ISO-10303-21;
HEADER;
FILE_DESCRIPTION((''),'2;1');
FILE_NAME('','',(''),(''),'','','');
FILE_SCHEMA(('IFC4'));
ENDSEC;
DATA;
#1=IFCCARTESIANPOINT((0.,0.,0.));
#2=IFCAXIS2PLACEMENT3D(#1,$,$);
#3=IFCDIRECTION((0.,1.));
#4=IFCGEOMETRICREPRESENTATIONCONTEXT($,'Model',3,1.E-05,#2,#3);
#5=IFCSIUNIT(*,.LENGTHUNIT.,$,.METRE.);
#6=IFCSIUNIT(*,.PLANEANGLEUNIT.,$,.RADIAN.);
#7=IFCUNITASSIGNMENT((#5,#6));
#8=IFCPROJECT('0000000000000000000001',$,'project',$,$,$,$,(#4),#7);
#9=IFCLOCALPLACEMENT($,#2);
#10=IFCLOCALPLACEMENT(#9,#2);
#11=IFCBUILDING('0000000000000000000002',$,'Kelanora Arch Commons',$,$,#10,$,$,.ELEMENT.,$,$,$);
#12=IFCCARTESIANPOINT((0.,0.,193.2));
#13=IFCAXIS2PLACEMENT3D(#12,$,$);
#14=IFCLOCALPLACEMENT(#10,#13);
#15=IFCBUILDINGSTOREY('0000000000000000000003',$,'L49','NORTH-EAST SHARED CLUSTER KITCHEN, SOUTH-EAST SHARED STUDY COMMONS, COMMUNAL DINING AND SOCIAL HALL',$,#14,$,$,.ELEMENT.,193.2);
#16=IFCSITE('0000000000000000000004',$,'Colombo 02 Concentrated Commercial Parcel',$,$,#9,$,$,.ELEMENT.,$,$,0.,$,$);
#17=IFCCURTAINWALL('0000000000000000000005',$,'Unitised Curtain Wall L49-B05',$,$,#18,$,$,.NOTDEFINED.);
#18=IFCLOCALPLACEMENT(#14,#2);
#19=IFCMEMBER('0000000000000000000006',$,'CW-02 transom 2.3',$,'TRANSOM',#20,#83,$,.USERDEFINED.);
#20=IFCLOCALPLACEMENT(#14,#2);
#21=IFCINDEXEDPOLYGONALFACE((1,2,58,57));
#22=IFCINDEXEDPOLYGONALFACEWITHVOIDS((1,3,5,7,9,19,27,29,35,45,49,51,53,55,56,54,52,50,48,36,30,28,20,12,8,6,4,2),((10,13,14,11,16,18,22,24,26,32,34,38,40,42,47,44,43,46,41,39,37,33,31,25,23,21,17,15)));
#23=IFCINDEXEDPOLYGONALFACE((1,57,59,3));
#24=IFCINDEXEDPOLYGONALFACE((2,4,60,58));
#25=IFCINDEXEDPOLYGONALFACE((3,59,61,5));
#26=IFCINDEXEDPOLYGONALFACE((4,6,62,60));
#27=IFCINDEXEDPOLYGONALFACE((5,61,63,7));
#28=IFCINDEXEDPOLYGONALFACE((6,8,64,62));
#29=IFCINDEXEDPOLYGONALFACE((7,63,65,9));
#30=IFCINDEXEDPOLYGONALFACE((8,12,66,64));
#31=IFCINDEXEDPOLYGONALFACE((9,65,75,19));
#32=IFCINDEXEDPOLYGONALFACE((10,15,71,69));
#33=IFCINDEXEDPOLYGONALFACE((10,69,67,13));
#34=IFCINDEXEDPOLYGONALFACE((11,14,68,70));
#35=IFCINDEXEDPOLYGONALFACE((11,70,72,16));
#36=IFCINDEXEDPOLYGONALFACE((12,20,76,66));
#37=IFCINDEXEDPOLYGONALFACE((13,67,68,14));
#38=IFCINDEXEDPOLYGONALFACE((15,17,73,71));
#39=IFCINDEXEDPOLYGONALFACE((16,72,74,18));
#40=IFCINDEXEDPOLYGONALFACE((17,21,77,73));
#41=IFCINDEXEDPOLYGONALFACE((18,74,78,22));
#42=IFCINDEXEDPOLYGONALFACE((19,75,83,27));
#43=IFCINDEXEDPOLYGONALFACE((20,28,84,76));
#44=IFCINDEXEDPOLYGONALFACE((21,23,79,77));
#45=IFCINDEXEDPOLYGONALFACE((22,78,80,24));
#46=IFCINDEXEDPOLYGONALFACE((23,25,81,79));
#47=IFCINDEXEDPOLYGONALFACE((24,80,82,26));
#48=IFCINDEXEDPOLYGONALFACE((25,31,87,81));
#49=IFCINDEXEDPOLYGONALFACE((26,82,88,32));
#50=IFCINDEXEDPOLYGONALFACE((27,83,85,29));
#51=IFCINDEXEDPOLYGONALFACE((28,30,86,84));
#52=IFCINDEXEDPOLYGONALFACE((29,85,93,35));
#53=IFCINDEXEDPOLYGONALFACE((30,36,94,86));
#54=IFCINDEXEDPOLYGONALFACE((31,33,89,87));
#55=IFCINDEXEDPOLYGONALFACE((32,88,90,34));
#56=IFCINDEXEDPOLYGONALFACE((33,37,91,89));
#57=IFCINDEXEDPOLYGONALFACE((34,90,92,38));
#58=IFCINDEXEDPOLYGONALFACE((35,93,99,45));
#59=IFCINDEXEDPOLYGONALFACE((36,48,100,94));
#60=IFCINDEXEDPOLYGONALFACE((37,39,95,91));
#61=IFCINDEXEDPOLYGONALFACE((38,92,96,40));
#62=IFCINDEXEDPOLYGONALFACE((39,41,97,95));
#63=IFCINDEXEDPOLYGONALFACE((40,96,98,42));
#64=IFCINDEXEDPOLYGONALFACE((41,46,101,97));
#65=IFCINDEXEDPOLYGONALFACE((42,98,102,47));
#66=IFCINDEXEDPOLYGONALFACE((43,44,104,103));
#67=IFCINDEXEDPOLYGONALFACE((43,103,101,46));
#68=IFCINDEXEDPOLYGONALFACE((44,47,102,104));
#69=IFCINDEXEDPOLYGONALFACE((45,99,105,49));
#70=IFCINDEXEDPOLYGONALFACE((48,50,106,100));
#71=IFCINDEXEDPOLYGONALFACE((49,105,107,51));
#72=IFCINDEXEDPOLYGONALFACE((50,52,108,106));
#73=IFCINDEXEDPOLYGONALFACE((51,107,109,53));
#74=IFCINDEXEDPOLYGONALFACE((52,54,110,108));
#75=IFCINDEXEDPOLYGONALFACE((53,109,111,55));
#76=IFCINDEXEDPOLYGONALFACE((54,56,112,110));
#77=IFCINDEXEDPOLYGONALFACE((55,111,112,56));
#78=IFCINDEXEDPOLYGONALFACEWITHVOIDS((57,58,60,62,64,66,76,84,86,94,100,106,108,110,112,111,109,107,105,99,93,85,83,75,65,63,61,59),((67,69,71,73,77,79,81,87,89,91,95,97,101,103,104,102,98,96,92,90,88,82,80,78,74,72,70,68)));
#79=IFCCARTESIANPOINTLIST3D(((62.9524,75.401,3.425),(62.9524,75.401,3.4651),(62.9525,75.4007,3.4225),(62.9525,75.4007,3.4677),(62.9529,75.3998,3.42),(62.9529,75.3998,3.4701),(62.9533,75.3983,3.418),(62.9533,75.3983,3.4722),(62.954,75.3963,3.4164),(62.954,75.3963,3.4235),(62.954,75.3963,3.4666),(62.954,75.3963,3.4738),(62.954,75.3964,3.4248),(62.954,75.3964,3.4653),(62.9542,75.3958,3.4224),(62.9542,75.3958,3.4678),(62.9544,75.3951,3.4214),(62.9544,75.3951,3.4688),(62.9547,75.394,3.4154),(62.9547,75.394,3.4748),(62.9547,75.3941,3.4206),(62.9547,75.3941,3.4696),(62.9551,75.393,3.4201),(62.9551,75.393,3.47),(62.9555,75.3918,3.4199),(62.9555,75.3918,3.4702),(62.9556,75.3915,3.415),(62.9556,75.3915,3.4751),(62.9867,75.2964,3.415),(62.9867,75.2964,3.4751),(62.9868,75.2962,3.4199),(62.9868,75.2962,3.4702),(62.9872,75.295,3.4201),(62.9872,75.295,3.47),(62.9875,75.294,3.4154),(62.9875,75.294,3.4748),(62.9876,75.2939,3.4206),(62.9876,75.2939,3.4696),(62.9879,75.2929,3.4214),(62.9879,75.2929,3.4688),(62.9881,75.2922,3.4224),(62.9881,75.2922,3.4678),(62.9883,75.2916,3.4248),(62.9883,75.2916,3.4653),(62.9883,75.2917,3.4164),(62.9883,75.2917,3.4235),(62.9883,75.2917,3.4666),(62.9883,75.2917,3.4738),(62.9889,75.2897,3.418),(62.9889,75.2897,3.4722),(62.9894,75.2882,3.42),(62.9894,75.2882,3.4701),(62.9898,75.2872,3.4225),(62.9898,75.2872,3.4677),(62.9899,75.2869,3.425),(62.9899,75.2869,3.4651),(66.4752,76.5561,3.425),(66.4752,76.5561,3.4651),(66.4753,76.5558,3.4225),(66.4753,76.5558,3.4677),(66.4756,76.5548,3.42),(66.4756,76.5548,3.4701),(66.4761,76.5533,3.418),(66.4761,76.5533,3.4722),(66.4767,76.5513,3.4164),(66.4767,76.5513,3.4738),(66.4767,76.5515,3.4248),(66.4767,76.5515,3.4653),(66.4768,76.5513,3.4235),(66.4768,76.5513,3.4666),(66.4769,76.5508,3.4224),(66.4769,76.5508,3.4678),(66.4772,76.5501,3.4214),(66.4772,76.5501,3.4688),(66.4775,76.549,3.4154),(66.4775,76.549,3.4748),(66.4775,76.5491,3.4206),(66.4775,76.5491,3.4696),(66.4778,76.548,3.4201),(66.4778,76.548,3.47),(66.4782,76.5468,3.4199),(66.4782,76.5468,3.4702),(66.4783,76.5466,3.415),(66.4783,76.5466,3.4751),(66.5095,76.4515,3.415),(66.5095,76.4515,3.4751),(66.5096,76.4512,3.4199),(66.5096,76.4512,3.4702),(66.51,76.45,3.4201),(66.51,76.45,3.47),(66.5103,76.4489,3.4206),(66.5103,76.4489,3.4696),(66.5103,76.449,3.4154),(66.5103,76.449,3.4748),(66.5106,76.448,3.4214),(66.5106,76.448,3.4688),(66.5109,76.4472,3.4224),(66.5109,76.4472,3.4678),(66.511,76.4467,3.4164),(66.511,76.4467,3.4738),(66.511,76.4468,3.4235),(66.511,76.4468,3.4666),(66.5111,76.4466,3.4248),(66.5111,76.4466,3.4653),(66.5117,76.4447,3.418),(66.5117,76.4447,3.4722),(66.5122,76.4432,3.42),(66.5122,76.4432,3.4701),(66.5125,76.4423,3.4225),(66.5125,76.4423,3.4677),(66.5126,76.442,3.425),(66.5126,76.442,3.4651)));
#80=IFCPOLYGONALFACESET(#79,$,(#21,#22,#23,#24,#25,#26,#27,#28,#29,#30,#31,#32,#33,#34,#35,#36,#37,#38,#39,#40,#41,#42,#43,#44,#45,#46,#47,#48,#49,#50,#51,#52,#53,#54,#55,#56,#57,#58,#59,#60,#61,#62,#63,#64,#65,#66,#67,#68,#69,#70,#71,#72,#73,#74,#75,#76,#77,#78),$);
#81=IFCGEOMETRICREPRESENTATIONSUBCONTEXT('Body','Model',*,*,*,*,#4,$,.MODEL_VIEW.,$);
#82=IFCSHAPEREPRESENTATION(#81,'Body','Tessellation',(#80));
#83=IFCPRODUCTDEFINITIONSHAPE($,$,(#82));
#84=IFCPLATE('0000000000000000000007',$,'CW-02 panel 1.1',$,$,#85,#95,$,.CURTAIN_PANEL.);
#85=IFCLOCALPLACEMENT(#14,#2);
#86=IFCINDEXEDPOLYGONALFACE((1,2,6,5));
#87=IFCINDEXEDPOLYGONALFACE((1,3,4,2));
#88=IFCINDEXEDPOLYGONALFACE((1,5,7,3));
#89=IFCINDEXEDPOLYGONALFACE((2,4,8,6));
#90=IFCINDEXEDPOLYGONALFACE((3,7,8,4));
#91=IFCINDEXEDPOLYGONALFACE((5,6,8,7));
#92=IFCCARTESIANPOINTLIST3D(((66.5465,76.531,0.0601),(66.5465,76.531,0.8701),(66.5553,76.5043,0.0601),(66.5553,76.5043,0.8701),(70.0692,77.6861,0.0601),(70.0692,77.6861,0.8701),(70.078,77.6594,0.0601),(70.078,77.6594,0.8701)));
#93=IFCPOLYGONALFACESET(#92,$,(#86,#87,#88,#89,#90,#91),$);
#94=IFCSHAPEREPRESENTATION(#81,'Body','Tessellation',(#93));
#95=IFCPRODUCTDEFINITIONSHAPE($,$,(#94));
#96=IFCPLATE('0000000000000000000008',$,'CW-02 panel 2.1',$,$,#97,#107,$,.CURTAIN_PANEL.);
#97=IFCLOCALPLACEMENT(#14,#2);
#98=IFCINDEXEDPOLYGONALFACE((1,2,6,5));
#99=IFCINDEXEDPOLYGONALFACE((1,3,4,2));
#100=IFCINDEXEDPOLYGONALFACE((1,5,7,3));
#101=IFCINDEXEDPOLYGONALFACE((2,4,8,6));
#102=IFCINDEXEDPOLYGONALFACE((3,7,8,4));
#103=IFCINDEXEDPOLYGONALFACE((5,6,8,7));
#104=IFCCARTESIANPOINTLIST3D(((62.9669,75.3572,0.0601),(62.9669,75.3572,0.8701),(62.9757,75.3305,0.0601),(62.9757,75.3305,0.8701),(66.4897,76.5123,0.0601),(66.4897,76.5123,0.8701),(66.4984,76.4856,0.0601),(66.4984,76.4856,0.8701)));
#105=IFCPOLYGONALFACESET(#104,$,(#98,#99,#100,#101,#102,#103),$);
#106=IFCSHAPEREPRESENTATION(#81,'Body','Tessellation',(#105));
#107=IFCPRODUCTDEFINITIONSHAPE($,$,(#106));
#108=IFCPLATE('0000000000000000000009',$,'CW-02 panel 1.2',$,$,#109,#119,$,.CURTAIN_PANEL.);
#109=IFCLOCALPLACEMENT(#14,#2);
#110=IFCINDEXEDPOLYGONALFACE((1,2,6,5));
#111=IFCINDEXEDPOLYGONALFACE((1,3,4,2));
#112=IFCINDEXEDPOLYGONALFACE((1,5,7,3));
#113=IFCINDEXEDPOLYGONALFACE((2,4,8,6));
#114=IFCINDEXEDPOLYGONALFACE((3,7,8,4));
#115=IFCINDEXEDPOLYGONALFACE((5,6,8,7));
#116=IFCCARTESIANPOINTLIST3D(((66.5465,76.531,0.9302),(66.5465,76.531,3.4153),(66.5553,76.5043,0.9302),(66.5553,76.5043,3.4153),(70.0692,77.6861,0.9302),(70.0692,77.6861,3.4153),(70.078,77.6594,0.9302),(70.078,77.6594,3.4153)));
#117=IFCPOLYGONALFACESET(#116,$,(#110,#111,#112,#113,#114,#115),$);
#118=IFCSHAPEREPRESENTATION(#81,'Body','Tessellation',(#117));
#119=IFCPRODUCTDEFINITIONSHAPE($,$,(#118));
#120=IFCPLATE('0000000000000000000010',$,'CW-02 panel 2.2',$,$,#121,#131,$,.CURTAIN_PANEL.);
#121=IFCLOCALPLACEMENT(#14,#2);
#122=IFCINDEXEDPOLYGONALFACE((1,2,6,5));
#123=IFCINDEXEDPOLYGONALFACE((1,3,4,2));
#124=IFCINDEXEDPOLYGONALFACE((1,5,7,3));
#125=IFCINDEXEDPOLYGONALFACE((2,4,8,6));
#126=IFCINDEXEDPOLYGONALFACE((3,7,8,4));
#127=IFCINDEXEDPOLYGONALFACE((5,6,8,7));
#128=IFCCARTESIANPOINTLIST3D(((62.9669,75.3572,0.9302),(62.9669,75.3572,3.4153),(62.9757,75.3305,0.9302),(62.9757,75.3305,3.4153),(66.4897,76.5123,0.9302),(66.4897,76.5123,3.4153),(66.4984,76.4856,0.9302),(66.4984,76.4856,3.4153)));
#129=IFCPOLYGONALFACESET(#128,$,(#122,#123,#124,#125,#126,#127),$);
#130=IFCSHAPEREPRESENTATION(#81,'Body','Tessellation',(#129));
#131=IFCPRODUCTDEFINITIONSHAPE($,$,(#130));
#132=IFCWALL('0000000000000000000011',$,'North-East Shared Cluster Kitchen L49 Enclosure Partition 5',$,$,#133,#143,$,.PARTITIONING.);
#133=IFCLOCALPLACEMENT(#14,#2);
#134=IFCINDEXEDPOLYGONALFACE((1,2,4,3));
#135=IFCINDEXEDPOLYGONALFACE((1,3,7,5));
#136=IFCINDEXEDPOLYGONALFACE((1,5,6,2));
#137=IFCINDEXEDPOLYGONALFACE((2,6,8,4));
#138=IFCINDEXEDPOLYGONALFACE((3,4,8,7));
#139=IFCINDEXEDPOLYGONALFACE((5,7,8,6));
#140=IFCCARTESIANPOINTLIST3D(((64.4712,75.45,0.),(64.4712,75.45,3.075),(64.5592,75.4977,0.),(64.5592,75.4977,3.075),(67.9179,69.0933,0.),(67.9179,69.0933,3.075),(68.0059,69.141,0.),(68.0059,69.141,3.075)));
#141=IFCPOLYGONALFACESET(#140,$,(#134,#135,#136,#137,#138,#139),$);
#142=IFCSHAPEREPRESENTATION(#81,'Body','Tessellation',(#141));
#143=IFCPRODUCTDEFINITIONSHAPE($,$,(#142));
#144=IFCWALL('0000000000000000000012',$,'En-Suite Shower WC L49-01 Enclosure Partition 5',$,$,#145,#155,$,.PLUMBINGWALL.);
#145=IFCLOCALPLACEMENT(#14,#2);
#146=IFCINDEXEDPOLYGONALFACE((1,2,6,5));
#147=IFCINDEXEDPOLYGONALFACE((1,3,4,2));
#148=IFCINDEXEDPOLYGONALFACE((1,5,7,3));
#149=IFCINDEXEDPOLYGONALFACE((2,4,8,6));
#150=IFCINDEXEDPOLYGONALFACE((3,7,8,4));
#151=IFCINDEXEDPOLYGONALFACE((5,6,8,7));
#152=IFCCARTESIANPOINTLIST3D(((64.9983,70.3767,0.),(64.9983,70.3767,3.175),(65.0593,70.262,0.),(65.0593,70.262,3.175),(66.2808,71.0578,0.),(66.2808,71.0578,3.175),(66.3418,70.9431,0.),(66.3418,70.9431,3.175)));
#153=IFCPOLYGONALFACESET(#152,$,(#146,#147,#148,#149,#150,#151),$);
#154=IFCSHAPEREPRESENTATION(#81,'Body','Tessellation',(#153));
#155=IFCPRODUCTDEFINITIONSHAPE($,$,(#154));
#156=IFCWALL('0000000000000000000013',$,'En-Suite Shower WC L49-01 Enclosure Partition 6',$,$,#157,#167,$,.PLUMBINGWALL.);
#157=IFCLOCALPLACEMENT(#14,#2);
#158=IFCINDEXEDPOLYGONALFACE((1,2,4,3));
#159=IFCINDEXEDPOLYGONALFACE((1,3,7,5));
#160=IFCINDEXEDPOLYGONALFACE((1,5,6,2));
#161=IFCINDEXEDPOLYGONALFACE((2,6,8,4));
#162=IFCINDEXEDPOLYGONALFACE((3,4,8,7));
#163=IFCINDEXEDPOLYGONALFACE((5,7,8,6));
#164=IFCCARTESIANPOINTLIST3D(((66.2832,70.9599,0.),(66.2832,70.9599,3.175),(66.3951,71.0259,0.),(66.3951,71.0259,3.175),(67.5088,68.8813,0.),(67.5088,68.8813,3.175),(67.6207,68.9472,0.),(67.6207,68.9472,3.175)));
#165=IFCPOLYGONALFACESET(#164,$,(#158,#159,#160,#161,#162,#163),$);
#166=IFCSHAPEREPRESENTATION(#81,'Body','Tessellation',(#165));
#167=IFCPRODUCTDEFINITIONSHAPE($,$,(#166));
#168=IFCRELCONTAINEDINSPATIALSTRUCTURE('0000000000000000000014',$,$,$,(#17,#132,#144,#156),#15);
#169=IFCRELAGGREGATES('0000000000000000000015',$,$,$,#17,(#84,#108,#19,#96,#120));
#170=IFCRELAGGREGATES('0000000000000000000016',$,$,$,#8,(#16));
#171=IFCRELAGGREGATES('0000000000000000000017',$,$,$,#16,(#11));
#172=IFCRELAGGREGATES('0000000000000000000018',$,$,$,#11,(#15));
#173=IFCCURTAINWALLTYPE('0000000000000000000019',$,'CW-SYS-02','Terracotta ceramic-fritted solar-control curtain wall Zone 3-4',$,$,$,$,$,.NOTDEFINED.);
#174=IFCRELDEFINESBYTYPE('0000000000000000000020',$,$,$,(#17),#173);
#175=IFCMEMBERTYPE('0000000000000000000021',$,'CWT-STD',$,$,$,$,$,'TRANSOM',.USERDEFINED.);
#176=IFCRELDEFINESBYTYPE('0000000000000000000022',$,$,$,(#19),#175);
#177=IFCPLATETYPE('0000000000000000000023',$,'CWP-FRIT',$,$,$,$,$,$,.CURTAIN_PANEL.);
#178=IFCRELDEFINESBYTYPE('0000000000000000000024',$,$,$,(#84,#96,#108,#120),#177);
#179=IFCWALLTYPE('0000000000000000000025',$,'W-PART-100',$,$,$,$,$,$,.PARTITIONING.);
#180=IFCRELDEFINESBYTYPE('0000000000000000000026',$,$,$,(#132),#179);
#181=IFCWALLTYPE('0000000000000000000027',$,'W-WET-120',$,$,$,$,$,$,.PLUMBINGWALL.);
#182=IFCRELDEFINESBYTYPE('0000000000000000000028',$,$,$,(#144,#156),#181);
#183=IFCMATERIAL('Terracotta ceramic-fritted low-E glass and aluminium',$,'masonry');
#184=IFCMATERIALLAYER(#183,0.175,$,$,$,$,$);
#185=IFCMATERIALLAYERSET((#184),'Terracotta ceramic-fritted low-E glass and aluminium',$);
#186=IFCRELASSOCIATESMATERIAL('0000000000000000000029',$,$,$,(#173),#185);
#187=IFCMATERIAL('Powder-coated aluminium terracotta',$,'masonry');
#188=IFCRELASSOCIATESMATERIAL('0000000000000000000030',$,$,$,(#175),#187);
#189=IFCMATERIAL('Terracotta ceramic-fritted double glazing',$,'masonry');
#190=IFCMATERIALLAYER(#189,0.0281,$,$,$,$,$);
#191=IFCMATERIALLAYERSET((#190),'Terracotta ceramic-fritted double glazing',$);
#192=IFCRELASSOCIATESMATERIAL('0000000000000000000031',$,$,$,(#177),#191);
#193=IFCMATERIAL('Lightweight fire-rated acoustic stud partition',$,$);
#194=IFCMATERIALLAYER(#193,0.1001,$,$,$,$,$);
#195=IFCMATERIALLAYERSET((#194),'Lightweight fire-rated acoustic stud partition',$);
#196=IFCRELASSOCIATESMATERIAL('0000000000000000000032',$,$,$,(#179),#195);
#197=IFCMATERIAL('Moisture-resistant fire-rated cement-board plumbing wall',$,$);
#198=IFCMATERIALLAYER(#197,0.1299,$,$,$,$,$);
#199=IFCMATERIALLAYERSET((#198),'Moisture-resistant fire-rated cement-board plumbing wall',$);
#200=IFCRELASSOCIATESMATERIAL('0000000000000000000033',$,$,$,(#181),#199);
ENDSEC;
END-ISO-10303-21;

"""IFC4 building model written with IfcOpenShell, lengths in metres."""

from ifc_helpers import new_model, si_unit, direction, frame, frame_2d, origin, origin_2d, place, context, subcontext, project, spatial, rectangle, hollow_rectangle, extrude, source, transform, mapped, material, layer, layer_set, material_profile, profile_set, type_object, element, aggregate, save


model = new_model("IFC4")

# Units and contexts
model_context = context("Model", 3, precision=1e-05, world=origin(), true_north=direction((0.0, 1.0)))
body_context = subcontext(model_context, "Body", "Model", "MODEL_VIEW")
ifc_project = project(units=[si_unit("LENGTHUNIT", "METRE"), si_unit("PLANEANGLEUNIT", "RADIAN")], contexts=[model_context])

# Site, building, storey
site_placement = place(None, origin())
site = spatial("IfcSite", under=ifc_project, at=site_placement, Name="Colombo 02 Concentrated Commercial Parcel", CompositionType="ELEMENT", RefElevation=0.0)
building_placement = place(site_placement, origin())
building = spatial("IfcBuilding", under=site, at=building_placement, Name="Kelanora Arch Commons", CompositionType="ELEMENT")
storey_placement = place(building_placement, frame((0.0, 0.0, 193.2)))
storey = spatial("IfcBuildingStorey", under=building, at=storey_placement, Name="L49", Description="NORTH-EAST SHARED CLUSTER KITCHEN, SOUTH-EAST SHARED STUDY COMMONS, COMMUNAL DINING AND SOCIAL HALL", CompositionType="ELEMENT", Elevation=193.2)

# Curtain wall, member, plates
ifc_material_1 = material(Name="Terracotta ceramic-fritted low-E glass and aluminium", Category="masonry")
ifc_layer_1 = layer(ifc_material_1, 0.175)
ifc_layer_set_1 = layer_set([ifc_layer_1], Name="Terracotta ceramic-fritted low-E glass and aluminium")
curtain_wall_type = type_object("IfcCurtainWallType", Name="CW-SYS-02", Description="Terracotta ceramic-fritted solar-control curtain wall Zone 3-4", PredefinedType="NOTDEFINED", material=ifc_layer_set_1)
curtain_wall_placement = place(storey_placement, origin())
curtain_wall = element("IfcCurtainWall", 1, at=curtain_wall_placement, inside=storey, type_object=curtain_wall_type, Name="Unitised Curtain Wall L49-B05", PredefinedType="NOTDEFINED")
ifc_material_2 = material(Name="Powder-coated aluminium terracotta", Category="masonry")
ifc_material_profile_1 = material_profile(ifc_material_2, hollow_rectangle(XDim=0.1201, YDim=0.0601, WallThickness=0.0049, InnerFilletRadius=0.0049, OuterFilletRadius=0.01, at=origin_2d()), Name="CWT120x60")
ifc_profile_set_1 = profile_set([ifc_material_profile_1], Name="Powder-coated aluminium terracotta")
member_type_1 = type_object("IfcMemberType", Name="CWT-STD", ElementType="TRANSOM", PredefinedType="USERDEFINED", material=ifc_profile_set_1)
member_1_placement = place(storey_placement, frame((66.4939, 76.499, 3.4451), z_axis=(-0.950226, -0.311561, 0.0), x_axis=(0.311561, -0.950226, 0.0)))
member_1 = element("IfcMember", 2, at=member_1_placement, type_object=member_type_1, Name="CW-02 transom 2.3", ObjectType="TRANSOM", PredefinedType="USERDEFINED", context=body_context, shape_type="SweptSolid", body=[
    extrude(hollow_rectangle(XDim=0.1201, YDim=0.0601, WallThickness=0.0049, InnerFilletRadius=0.0049, OuterFilletRadius=0.01, at=origin_2d()), origin(), (0.0, 0.0, 1.0), 3.7073),
])
ifc_material_3 = material(Name="Terracotta ceramic-fritted double glazing", Category="masonry")
ifc_layer_2 = layer(ifc_material_3, 0.0281)
ifc_layer_set_2 = layer_set([ifc_layer_2], Name="Terracotta ceramic-fritted double glazing")
plate_type = type_object("IfcPlateType", Name="CWP-FRIT", PredefinedType="CURTAIN_PANEL", material=ifc_layer_set_2)
shared_shape_1 = source(origin(), body_context, "Body", "SweptSolid", [
    extrude(rectangle(XDim=3.7073, YDim=0.0281, at=origin_2d()), origin(), (0.0, 0.0, 1.0), 0.8101),
])
plate_1_placement = place(storey_placement, frame((68.3123, 77.0952, 0.0601), z_axis=(0.0, 0.0, 1.0), x_axis=(-0.950219, -0.311582, 0.0)))
plate_1 = element("IfcPlate", 3, at=plate_1_placement, type_object=plate_type, Name="CW-02 panel 1.1", PredefinedType="CURTAIN_PANEL", context=body_context, shape_type="MappedRepresentation", body=[
    mapped(shared_shape_1, transform((0.0, 0.0, 0.0), scale=1.0)),
])
plate_2_placement = place(storey_placement, frame((64.7327, 75.9214, 0.0601), z_axis=(0.0, 0.0, 1.0), x_axis=(-0.950219, -0.311582, 0.0)))
plate_2 = element("IfcPlate", 4, at=plate_2_placement, type_object=plate_type, Name="CW-02 panel 2.1", PredefinedType="CURTAIN_PANEL", context=body_context, shape_type="MappedRepresentation", body=[
    mapped(shared_shape_1, transform((0.0, 0.0, 0.0), scale=1.0)),
])
shared_shape_2 = source(origin(), body_context, "Body", "SweptSolid", [
    extrude(rectangle(XDim=3.7073, YDim=0.0281, at=origin_2d()), origin(), (0.0, 0.0, 1.0), 2.4851),
])
plate_3_placement = place(storey_placement, frame((68.3123, 77.0952, 0.9302), z_axis=(0.0, 0.0, 1.0), x_axis=(-0.950219, -0.311582, 0.0)))
plate_3 = element("IfcPlate", 5, at=plate_3_placement, type_object=plate_type, Name="CW-02 panel 1.2", PredefinedType="CURTAIN_PANEL", context=body_context, shape_type="MappedRepresentation", body=[
    mapped(shared_shape_2, transform((0.0, 0.0, 0.0), scale=1.0)),
])
plate_4_placement = place(storey_placement, frame((64.7327, 75.9214, 0.9302), z_axis=(0.0, 0.0, 1.0), x_axis=(-0.950219, -0.311582, 0.0)))
plate_4 = element("IfcPlate", 6, at=plate_4_placement, type_object=plate_type, Name="CW-02 panel 2.2", PredefinedType="CURTAIN_PANEL", context=body_context, shape_type="MappedRepresentation", body=[
    mapped(shared_shape_2, transform((0.0, 0.0, 0.0), scale=1.0)),
])
aggregate(curtain_wall, [plate_1, plate_3, member_1, plate_2, plate_4])

# Walls
ifc_material_4 = material(Name="Lightweight fire-rated acoustic stud partition")
ifc_layer_3 = layer(ifc_material_4, 0.1001)
ifc_layer_set_3 = layer_set([ifc_layer_3], Name="Lightweight fire-rated acoustic stud partition")
wall_type_1 = type_object("IfcWallType", Name="W-PART-100", PredefinedType="PARTITIONING", material=ifc_layer_set_3)
wall_1_placement = place(storey_placement, frame((67.9619, 69.1172, 0.0), z_axis=(0.0, 0.0, 1.0), x_axis=(-0.476665, 0.879085, 0.0)))
element("IfcWall", 7, at=wall_1_placement, inside=storey, type_object=wall_type_1, Name="North-East Shared Cluster Kitchen L49 Enclosure Partition 5", PredefinedType="PARTITIONING", context=body_context, shape_type="SweptSolid", body=[
    extrude(rectangle(XDim=7.231, YDim=0.1001, at=frame_2d((3.6155, 0.0))), origin(), (0.0, 0.0, 1.0), 3.075),
])
ifc_material_5 = material(Name="Moisture-resistant fire-rated cement-board plumbing wall")
ifc_layer_4 = layer(ifc_material_5, 0.1299)
ifc_layer_set_4 = layer_set([ifc_layer_4], Name="Moisture-resistant fire-rated cement-board plumbing wall")
wall_type_2 = type_object("IfcWallType", Name="W-WET-120", PredefinedType="PLUMBINGWALL", material=ifc_layer_set_4)
wall_2_placement = place(storey_placement, frame((65.0288, 70.3193, 0.0), z_axis=(0.0, 0.0, 1.0), x_axis=(0.883161, 0.469069, 0.0)))
element("IfcWall", 8, at=wall_2_placement, inside=storey, type_object=wall_type_2, Name="En-Suite Shower WC L49-01 Enclosure Partition 5", PredefinedType="PLUMBINGWALL", context=body_context, shape_type="SweptSolid", body=[
    extrude(rectangle(XDim=1.4521, YDim=0.1299, at=frame_2d((0.7261, 0.0))), origin(), (0.0, 0.0, 1.0), 3.175),
])
wall_3_placement = place(storey_placement, frame((66.3391, 70.9929, 0.0), z_axis=(0.0, 0.0, 1.0), x_axis=(0.507904, -0.861414, 0.0)))
element("IfcWall", 9, at=wall_3_placement, inside=storey, type_object=wall_type_2, Name="En-Suite Shower WC L49-01 Enclosure Partition 6", PredefinedType="PLUMBINGWALL", context=body_context, shape_type="SweptSolid", body=[
    extrude(rectangle(XDim=2.4131, YDim=0.1299, at=frame_2d((1.2065, 0.0))), origin(), (0.0, 0.0, 1.0), 3.175),
])

save(model, "model.ifc")
